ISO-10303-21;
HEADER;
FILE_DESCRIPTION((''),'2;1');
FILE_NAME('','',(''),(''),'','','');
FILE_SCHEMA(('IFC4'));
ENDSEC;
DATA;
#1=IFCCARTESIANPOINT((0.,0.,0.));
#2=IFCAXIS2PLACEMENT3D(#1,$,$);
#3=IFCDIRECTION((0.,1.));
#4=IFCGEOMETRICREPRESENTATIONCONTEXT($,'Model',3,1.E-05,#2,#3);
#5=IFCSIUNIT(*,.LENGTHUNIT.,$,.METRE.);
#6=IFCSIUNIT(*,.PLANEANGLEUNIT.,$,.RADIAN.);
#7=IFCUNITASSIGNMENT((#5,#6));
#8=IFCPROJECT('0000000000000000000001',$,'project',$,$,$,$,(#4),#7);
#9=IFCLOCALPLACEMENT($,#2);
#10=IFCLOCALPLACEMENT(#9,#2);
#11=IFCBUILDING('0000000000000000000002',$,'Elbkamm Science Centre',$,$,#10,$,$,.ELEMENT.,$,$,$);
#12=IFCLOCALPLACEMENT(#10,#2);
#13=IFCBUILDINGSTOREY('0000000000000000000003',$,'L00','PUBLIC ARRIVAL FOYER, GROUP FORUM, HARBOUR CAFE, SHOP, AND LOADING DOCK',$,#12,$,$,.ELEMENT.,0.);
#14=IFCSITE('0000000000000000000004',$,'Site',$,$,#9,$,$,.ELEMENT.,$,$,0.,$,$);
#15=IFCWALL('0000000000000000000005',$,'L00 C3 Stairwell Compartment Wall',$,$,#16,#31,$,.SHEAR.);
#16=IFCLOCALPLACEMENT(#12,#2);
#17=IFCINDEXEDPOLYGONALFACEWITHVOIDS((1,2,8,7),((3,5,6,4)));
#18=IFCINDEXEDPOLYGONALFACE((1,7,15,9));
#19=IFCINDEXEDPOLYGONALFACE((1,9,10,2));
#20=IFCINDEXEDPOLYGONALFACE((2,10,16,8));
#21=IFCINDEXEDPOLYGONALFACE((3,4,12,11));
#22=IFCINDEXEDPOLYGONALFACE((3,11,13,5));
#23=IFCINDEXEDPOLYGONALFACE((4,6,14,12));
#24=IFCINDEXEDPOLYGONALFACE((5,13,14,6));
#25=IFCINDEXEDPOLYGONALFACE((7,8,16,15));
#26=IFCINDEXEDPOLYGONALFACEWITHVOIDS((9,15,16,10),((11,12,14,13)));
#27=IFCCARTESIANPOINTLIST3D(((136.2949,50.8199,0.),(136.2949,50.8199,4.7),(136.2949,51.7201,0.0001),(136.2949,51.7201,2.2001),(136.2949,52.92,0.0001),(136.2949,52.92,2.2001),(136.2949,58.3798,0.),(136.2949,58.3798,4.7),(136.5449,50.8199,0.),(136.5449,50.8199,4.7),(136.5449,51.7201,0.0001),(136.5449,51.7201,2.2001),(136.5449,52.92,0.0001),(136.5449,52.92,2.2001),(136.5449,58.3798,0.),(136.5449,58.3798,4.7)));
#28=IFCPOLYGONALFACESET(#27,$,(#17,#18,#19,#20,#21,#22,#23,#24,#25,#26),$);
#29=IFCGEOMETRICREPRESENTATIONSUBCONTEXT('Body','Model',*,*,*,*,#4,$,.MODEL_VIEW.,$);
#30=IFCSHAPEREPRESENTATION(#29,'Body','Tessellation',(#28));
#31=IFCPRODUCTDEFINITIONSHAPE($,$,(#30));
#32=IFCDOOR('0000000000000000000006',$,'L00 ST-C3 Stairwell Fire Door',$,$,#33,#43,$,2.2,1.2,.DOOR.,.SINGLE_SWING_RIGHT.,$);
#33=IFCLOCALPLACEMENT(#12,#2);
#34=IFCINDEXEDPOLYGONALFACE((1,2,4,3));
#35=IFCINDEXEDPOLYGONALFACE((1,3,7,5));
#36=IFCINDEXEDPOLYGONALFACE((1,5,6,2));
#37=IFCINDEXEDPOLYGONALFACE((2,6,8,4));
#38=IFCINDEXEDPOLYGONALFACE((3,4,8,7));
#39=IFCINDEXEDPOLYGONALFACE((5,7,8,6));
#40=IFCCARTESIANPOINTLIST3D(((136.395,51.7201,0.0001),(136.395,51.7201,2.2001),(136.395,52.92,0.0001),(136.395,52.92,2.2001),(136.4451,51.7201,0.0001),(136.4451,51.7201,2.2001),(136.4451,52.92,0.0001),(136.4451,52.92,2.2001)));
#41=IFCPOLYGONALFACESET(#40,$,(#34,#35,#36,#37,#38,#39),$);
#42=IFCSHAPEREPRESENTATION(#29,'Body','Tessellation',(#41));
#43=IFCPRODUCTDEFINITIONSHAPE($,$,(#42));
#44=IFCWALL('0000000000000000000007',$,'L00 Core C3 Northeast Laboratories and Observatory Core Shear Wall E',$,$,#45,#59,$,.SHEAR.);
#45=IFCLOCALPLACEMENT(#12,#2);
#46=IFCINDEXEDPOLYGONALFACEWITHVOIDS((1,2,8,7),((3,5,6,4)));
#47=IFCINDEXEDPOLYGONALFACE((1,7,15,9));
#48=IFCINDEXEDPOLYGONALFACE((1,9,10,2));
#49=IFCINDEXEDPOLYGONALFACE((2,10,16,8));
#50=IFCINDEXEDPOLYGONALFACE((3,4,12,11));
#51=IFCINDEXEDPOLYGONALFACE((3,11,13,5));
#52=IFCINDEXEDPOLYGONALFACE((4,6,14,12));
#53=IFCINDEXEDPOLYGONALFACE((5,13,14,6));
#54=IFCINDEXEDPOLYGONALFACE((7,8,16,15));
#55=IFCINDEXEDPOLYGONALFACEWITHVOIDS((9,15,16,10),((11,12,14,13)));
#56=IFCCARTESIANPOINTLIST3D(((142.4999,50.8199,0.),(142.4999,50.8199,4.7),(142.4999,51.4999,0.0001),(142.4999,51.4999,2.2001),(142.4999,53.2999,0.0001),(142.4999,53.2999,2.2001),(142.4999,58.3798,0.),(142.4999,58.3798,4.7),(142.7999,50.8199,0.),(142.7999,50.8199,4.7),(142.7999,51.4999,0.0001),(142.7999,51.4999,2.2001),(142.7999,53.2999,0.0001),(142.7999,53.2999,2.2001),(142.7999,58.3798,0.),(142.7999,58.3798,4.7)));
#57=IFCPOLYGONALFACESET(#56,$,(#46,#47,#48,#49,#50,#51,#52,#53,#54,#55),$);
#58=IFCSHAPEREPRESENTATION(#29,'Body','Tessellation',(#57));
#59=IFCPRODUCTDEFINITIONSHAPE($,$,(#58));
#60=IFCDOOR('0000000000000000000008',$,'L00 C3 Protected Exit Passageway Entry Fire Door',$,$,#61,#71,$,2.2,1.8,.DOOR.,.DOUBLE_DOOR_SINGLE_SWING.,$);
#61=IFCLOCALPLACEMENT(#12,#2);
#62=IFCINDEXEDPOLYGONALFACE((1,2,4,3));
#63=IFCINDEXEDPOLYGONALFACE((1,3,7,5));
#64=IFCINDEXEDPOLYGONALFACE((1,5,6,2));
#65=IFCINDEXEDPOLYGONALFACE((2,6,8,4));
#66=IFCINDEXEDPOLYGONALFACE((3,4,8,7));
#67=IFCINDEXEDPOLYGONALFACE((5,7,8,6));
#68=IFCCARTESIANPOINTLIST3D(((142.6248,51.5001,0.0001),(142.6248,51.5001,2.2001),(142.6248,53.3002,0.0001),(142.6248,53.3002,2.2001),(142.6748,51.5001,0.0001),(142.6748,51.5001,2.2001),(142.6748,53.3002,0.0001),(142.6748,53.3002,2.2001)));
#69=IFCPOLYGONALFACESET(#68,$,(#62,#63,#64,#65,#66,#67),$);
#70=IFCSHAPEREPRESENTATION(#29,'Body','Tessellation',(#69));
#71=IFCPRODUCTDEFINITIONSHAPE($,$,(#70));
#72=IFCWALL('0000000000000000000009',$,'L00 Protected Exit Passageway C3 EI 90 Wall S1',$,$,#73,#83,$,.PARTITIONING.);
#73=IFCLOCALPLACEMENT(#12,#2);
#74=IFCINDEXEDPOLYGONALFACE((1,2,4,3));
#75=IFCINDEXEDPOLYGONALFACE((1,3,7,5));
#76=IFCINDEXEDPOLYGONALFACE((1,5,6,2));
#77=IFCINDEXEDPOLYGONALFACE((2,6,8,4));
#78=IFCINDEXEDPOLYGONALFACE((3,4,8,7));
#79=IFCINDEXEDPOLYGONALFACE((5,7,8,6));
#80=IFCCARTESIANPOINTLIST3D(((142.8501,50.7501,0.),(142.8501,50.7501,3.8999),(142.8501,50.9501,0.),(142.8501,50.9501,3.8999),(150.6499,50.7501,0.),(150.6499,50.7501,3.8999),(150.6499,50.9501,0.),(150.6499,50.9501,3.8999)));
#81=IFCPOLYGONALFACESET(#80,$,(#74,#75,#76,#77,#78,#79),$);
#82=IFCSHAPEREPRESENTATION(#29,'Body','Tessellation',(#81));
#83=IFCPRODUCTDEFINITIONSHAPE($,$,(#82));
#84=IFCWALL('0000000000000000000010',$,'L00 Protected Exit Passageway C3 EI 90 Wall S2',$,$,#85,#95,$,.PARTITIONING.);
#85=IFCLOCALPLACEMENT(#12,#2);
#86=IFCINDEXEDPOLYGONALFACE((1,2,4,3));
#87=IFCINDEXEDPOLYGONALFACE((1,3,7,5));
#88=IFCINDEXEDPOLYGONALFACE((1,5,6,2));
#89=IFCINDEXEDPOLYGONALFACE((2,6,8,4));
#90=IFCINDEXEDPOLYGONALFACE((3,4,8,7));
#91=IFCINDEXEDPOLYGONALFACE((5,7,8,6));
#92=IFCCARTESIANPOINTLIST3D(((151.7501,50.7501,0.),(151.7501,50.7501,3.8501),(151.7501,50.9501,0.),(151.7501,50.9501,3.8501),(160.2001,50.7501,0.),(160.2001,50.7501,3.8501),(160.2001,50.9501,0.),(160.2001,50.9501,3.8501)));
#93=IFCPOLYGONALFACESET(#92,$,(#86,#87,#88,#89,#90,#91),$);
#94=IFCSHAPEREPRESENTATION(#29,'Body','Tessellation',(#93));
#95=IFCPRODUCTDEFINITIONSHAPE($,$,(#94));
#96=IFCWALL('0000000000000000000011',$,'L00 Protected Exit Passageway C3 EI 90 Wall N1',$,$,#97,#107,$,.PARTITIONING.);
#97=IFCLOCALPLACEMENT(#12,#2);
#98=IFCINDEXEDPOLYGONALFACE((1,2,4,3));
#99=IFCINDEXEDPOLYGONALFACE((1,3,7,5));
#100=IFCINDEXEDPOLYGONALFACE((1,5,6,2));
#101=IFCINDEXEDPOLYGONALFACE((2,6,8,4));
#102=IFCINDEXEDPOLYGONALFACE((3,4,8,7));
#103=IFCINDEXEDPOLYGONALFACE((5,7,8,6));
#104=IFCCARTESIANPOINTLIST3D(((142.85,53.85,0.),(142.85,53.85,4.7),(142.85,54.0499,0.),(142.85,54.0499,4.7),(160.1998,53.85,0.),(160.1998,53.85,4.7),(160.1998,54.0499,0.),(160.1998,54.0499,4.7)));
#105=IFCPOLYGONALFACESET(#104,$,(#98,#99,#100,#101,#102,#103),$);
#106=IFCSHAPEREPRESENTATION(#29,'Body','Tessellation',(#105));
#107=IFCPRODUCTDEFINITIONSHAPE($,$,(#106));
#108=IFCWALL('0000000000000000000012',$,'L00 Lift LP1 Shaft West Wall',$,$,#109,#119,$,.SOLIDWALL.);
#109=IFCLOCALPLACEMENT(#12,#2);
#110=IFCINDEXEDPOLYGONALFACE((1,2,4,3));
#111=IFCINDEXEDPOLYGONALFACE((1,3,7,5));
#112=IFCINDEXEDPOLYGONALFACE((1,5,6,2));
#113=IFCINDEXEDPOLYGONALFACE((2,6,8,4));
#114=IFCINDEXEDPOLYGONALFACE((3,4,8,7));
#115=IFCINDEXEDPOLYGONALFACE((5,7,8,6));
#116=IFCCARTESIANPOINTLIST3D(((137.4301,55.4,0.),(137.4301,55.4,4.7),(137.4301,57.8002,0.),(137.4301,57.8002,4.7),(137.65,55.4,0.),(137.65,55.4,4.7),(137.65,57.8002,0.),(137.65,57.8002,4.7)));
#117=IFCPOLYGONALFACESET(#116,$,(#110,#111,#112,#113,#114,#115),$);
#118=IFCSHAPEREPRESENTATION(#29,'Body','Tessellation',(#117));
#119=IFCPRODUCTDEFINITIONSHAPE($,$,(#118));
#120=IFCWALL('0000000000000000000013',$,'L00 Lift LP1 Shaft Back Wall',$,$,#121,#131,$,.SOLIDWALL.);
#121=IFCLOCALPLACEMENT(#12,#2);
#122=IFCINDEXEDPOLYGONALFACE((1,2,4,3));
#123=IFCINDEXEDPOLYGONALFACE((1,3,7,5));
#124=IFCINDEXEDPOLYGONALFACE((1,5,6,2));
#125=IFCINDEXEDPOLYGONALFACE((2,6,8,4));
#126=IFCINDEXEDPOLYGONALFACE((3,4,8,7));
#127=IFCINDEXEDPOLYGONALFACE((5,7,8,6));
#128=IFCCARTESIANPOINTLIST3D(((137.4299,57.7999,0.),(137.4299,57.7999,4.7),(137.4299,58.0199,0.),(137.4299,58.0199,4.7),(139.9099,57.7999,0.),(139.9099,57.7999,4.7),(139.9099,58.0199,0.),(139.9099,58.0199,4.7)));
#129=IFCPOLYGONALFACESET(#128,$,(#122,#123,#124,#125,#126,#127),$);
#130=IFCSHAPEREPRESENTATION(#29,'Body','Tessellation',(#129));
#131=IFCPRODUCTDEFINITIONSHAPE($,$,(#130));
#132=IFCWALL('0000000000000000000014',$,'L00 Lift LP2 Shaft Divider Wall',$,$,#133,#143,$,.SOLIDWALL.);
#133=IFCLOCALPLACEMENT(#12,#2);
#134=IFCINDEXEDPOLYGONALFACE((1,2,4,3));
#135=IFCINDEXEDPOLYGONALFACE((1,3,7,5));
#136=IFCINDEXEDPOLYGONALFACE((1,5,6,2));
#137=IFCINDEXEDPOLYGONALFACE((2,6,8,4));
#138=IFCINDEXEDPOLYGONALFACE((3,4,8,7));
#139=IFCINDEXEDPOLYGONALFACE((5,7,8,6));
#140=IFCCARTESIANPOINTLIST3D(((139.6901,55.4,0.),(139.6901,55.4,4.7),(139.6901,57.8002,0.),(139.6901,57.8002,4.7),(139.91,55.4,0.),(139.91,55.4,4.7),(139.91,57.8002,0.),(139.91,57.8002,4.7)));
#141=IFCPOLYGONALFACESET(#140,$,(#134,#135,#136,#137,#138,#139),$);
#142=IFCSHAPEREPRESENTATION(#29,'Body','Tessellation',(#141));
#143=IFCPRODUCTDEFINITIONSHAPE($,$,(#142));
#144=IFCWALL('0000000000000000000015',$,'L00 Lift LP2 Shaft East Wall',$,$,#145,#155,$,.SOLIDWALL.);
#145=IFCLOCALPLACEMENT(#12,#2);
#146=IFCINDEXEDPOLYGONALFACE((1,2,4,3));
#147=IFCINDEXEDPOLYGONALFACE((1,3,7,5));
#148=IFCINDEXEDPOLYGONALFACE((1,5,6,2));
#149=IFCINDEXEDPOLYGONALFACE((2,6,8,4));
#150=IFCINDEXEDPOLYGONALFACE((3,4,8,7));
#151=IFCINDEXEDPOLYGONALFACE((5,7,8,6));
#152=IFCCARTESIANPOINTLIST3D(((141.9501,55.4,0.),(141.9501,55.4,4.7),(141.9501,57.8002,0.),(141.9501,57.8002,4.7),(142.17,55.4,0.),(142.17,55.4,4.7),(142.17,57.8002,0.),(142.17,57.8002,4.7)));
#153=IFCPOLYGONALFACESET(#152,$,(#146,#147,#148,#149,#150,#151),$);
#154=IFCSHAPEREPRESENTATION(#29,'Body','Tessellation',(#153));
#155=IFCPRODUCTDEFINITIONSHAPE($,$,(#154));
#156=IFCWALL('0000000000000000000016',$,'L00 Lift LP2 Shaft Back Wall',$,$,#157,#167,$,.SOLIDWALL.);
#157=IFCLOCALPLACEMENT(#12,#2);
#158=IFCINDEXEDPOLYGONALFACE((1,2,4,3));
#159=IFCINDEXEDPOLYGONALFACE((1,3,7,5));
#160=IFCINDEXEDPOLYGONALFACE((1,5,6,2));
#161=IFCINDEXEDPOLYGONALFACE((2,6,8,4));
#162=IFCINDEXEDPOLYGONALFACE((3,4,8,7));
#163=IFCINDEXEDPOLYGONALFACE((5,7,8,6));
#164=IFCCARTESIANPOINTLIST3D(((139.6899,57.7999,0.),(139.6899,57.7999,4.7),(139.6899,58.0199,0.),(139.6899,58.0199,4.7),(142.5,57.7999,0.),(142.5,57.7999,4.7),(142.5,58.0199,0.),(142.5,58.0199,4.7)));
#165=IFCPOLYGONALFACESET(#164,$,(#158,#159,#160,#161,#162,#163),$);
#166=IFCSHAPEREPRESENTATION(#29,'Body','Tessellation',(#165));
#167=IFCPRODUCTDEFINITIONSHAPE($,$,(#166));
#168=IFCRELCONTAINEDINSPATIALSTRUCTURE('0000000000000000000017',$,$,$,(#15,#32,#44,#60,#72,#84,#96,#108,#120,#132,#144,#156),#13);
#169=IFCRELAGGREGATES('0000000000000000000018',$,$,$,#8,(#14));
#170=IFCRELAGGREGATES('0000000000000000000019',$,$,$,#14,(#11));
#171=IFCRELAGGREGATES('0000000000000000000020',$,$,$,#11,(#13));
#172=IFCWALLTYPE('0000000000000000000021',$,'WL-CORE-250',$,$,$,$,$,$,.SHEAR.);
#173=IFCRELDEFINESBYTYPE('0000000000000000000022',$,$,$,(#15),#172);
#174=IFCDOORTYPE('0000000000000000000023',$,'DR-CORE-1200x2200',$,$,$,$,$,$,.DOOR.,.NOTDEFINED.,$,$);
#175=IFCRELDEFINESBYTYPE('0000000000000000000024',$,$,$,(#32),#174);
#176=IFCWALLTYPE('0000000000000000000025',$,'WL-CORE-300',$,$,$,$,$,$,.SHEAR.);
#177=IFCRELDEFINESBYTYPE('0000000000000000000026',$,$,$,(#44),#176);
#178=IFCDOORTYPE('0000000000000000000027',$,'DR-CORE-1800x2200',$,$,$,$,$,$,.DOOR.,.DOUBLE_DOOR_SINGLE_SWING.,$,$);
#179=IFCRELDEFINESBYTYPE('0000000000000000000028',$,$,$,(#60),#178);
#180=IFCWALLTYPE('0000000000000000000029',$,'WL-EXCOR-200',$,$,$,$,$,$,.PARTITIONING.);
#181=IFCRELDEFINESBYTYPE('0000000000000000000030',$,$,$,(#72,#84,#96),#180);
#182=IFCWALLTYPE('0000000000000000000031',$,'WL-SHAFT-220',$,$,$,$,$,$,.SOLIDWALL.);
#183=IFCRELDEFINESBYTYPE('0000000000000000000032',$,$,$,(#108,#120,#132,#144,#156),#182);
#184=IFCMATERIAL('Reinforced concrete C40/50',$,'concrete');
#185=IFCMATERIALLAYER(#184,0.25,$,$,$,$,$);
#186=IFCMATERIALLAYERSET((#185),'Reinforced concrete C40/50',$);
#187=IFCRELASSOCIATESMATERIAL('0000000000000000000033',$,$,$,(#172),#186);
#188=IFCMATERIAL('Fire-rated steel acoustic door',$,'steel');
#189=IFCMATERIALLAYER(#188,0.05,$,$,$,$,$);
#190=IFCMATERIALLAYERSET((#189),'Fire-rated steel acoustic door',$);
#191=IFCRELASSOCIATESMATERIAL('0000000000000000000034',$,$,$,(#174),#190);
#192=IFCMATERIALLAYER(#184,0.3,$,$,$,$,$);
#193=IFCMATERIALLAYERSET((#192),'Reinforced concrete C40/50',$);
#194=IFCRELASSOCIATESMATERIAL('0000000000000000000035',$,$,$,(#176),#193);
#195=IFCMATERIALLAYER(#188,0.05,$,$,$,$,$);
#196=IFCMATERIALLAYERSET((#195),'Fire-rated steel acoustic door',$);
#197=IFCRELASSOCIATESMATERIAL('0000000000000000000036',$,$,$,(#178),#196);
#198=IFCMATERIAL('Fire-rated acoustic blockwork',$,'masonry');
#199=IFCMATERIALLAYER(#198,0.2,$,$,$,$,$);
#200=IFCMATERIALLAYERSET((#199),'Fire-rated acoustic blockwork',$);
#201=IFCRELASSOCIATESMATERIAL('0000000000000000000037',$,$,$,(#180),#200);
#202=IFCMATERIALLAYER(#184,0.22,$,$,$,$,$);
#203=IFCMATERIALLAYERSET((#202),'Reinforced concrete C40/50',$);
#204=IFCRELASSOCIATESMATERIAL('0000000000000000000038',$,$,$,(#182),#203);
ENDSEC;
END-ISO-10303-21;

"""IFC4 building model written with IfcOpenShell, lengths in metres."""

from ifc_helpers import new_model, si_unit, direction, frame, frame_2d, origin, place, context, subcontext, project, spatial, rectangle, extrude, material, layer, layer_set, type_object, element, fill, save


model = new_model("IFC4")

# Units and contexts
model_context = context("Model", 3, precision=1e-05, world=origin(), true_north=direction((0.0, 1.0)))
body_context = subcontext(model_context, "Body", "Model", "MODEL_VIEW")
ifc_project = project(units=[si_unit("LENGTHUNIT", "METRE"), si_unit("PLANEANGLEUNIT", "RADIAN")], contexts=[model_context])

# Site, building, storey
site_placement = place(None, origin())
site = spatial("IfcSite", under=ifc_project, at=site_placement, Name="Site", CompositionType="ELEMENT", RefElevation=0.0)
building_placement = place(site_placement, origin())
building = spatial("IfcBuilding", under=site, at=building_placement, Name="Elbkamm Science Centre", CompositionType="ELEMENT")
storey_placement = place(building_placement, origin())
storey = spatial("IfcBuildingStorey", under=building, at=storey_placement, Name="L00", Description="PUBLIC ARRIVAL FOYER, GROUP FORUM, HARBOUR CAFE, SHOP, AND LOADING DOCK", CompositionType="ELEMENT", Elevation=0.0)

# Walls, openings, doors
ifc_material_1 = material(Name="Reinforced concrete C40/50", Category="concrete")
ifc_layer_1 = layer(ifc_material_1, 0.25)
ifc_layer_set_1 = layer_set([ifc_layer_1], Name="Reinforced concrete C40/50")
wall_type_1 = type_object("IfcWallType", Name="WL-CORE-250", PredefinedType="SHEAR", material=ifc_layer_set_1)
wall_1_placement = place(storey_placement, frame((136.4199, 50.8201, 0.0), z_axis=(0.0, 0.0, 1.0), x_axis=(0.0, 1.0, 0.0)))
wall_1 = element("IfcWall", 1, at=wall_1_placement, inside=storey, type_object=wall_type_1, Name="L00 C3 Stairwell Compartment Wall", PredefinedType="SHEAR", context=body_context, shape_type="SweptSolid", body=[
    extrude(rectangle(XDim=7.5598, YDim=0.25, at=frame_2d((3.7798, 0.0))), origin(), (0.0, 0.0, 1.0), 4.7),
])
opening_1_placement = place(wall_1_placement, frame((0.8999, 0.0, 0.0)))
opening_1 = element("IfcOpeningElement", 2, at=opening_1_placement, cuts=wall_1, PredefinedType="OPENING", context=body_context, shape_type="SweptSolid", body=[
    extrude(rectangle(XDim=1.2, YDim=2.2, at=frame_2d((0.6001, 1.1001))), frame((0.0, 0.137, 0.0), z_axis=(0.0, -1.0, 0.0), x_axis=(1.0, 0.0, 0.0)), (0.0, 0.0, 1.0), 0.2739),
])
ifc_material_2 = material(Name="Fire-rated steel acoustic door", Category="steel")
ifc_layer_2 = layer(ifc_material_2, 0.05)
ifc_layer_set_2 = layer_set([ifc_layer_2], Name="Fire-rated steel acoustic door")
door_type_1 = type_object("IfcDoorType", Name="DR-CORE-1200x2200", OperationType="NOTDEFINED", PredefinedType="DOOR", material=ifc_layer_set_2)
door_1_placement = place(opening_1_placement, origin())
door_1 = element("IfcDoor", 3, at=door_1_placement, inside=storey, type_object=door_type_1, Name="L00 ST-C3 Stairwell Fire Door", OperationType="SINGLE_SWING_RIGHT", OverallHeight=2.2, OverallWidth=1.2, PredefinedType="DOOR", context=body_context, shape_type="SweptSolid", body=[
    extrude(rectangle(XDim=1.2, YDim=2.2, at=frame_2d((0.6001, 1.1001))), frame((0.0, 0.0249, 0.0), z_axis=(0.0, -1.0, 0.0), x_axis=(1.0, 0.0, 0.0)), (0.0, 0.0, 1.0), 0.05),
])
fill(opening_1, door_1)
ifc_layer_3 = layer(ifc_material_1, 0.3)
ifc_layer_set_3 = layer_set([ifc_layer_3], Name="Reinforced concrete C40/50")
wall_type_2 = type_object("IfcWallType", Name="WL-CORE-300", PredefinedType="SHEAR", material=ifc_layer_set_3)
wall_2_placement = place(storey_placement, frame((142.6499, 50.8201, 0.0), z_axis=(0.0, 0.0, 1.0), x_axis=(0.0, 1.0, 0.0)))
wall_2 = element("IfcWall", 4, at=wall_2_placement, inside=storey, type_object=wall_type_2, Name="L00 Core C3 Northeast Laboratories and Observatory Core Shear Wall E", PredefinedType="SHEAR", context=body_context, shape_type="SweptSolid", body=[
    extrude(rectangle(XDim=7.5598, YDim=0.3, at=frame_2d((3.7798, 0.0))), origin(), (0.0, 0.0, 1.0), 4.7),
])
opening_2_placement = place(wall_2_placement, frame((0.6799, 0.0, 0.0)))
opening_2 = element("IfcOpeningElement", 5, at=opening_2_placement, cuts=wall_2, PredefinedType="OPENING", context=body_context, shape_type="SweptSolid", body=[
    extrude(rectangle(XDim=1.8, YDim=2.2, at=frame_2d((0.8999, 1.1001))), frame((0.0, 0.1621, 0.0), z_axis=(0.0, -1.0, 0.0), x_axis=(1.0, 0.0, 0.0)), (0.0, 0.0, 1.0), 0.324),
])
ifc_layer_4 = layer(ifc_material_2, 0.05)
ifc_layer_set_4 = layer_set([ifc_layer_4], Name="Fire-rated steel acoustic door")
door_type_2 = type_object("IfcDoorType", Name="DR-CORE-1800x2200", OperationType="DOUBLE_DOOR_SINGLE_SWING", PredefinedType="DOOR", material=ifc_layer_set_4)
door_2_placement = place(opening_2_placement, frame((1.8, 0.0, 0.0), z_axis=(0.0, 0.0, 1.0), x_axis=(-1.0, 0.0, 0.0)))
door_2 = element("IfcDoor", 6, at=door_2_placement, inside=storey, type_object=door_type_2, Name="L00 C3 Protected Exit Passageway Entry Fire Door", OperationType="DOUBLE_DOOR_SINGLE_SWING", OverallHeight=2.2, OverallWidth=1.8, PredefinedType="DOOR", context=body_context, shape_type="SweptSolid", body=[
    extrude(rectangle(XDim=1.8, YDim=2.2, at=frame_2d((0.8999, 1.1001))), frame((0.0, 0.0249, 0.0), z_axis=(0.0, -1.0, 0.0), x_axis=(1.0, 0.0, 0.0)), (0.0, 0.0, 1.0), 0.05),
])
fill(opening_2, door_2)

# Walls
ifc_material_3 = material(Name="Fire-rated acoustic blockwork", Category="masonry")
ifc_layer_5 = layer(ifc_material_3, 0.2)
ifc_layer_set_5 = layer_set([ifc_layer_5], Name="Fire-rated acoustic blockwork")
wall_type_3 = type_object("IfcWallType", Name="WL-EXCOR-200", PredefinedType="PARTITIONING", material=ifc_layer_set_5)
wall_3_placement = place(storey_placement, frame((142.8501, 50.8501, 0.0), z_axis=(0.0, 0.0, 1.0), x_axis=(1.0, 0.0, 0.0)))
element("IfcWall", 7, at=wall_3_placement, inside=storey, type_object=wall_type_3, Name="L00 Protected Exit Passageway C3 EI 90 Wall S1", PredefinedType="PARTITIONING", context=body_context, shape_type="SweptSolid", body=[
    extrude(rectangle(XDim=7.7998, YDim=0.2, at=frame_2d((3.8999, 0.0))), origin(), (0.0, 0.0, 1.0), 3.8999),
])
wall_4_placement = place(storey_placement, frame((151.75, 50.8501, 0.0), z_axis=(0.0, 0.0, 1.0), x_axis=(1.0, 0.0, 0.0)))
element("IfcWall", 8, at=wall_4_placement, inside=storey, type_object=wall_type_3, Name="L00 Protected Exit Passageway C3 EI 90 Wall S2", PredefinedType="PARTITIONING", context=body_context, shape_type="SweptSolid", body=[
    extrude(rectangle(XDim=8.45, YDim=0.2, at=frame_2d((4.2251, 0.0))), origin(), (0.0, 0.0, 1.0), 3.8501),
])
wall_5_placement = place(storey_placement, frame((142.8501, 53.95, 0.0), z_axis=(0.0, 0.0, 1.0), x_axis=(1.0, 0.0, 0.0)))
element("IfcWall", 9, at=wall_5_placement, inside=storey, type_object=wall_type_3, Name="L00 Protected Exit Passageway C3 EI 90 Wall N1", PredefinedType="PARTITIONING", context=body_context, shape_type="SweptSolid", body=[
    extrude(rectangle(XDim=17.3499, YDim=0.2, at=frame_2d((8.6748, 0.0))), origin(), (0.0, 0.0, 1.0), 4.7),
])
ifc_layer_6 = layer(ifc_material_1, 0.22)
ifc_layer_set_6 = layer_set([ifc_layer_6], Name="Reinforced concrete C40/50")
wall_type_4 = type_object("IfcWallType", Name="WL-SHAFT-220", PredefinedType="SOLIDWALL", material=ifc_layer_set_6)
wall_6_placement = place(storey_placement, frame((137.54, 55.3999, 0.0), z_axis=(0.0, 0.0, 1.0), x_axis=(0.0, 1.0, 0.0)))
element("IfcWall", 10, at=wall_6_placement, inside=storey, type_object=wall_type_4, Name="L00 Lift LP1 Shaft West Wall", PredefinedType="SOLIDWALL", context=body_context, shape_type="SweptSolid", body=[
    extrude(rectangle(XDim=2.4001, YDim=0.22, at=frame_2d((1.2002, 0.0))), origin(), (0.0, 0.0, 1.0), 4.7),
])
wall_7_placement = place(storey_placement, frame((137.4299, 57.9099, 0.0), z_axis=(0.0, 0.0, 1.0), x_axis=(1.0, 0.0, 0.0)))
element("IfcWall", 11, at=wall_7_placement, inside=storey, type_object=wall_type_4, Name="L00 Lift LP1 Shaft Back Wall", PredefinedType="SOLIDWALL", context=body_context, shape_type="SweptSolid", body=[
    extrude(rectangle(XDim=2.48, YDim=0.22, at=frame_2d((1.24, 0.0))), origin(), (0.0, 0.0, 1.0), 4.7),
])

# Walls
for number, where, z_axis, x_axis, name in (
    (12, (139.8, 55.3999, 0.0), (0.0, 0.0, 1.0), (0.0, 1.0, 0.0), "L00 Lift LP2 Shaft Divider Wall"),
    (13, (142.0601, 55.3999, 0.0), (0.0, 0.0, 1.0), (0.0, 1.0, 0.0), "L00 Lift LP2 Shaft East Wall"),
):
    element("IfcWall", number, at=place(storey_placement, frame(where, z_axis=z_axis, x_axis=x_axis)), inside=storey, type_object=wall_type_4, Name=name, PredefinedType="SOLIDWALL", context=body_context, shape_type="SweptSolid", body=[
        extrude(rectangle(XDim=2.4001, YDim=0.22, at=frame_2d((1.2002, 0.0))), origin(), (0.0, 0.0, 1.0), 4.7),
    ])
wall_8_placement = place(storey_placement, frame((139.6899, 57.9099, 0.0), z_axis=(0.0, 0.0, 1.0), x_axis=(1.0, 0.0, 0.0)))
element("IfcWall", 14, at=wall_8_placement, inside=storey, type_object=wall_type_4, Name="L00 Lift LP2 Shaft Back Wall", PredefinedType="SOLIDWALL", context=body_context, shape_type="SweptSolid", body=[
    extrude(rectangle(XDim=2.8101, YDim=0.22, at=frame_2d((1.405, 0.0))), origin(), (0.0, 0.0, 1.0), 4.7),
])

save(model, "model.ifc")
